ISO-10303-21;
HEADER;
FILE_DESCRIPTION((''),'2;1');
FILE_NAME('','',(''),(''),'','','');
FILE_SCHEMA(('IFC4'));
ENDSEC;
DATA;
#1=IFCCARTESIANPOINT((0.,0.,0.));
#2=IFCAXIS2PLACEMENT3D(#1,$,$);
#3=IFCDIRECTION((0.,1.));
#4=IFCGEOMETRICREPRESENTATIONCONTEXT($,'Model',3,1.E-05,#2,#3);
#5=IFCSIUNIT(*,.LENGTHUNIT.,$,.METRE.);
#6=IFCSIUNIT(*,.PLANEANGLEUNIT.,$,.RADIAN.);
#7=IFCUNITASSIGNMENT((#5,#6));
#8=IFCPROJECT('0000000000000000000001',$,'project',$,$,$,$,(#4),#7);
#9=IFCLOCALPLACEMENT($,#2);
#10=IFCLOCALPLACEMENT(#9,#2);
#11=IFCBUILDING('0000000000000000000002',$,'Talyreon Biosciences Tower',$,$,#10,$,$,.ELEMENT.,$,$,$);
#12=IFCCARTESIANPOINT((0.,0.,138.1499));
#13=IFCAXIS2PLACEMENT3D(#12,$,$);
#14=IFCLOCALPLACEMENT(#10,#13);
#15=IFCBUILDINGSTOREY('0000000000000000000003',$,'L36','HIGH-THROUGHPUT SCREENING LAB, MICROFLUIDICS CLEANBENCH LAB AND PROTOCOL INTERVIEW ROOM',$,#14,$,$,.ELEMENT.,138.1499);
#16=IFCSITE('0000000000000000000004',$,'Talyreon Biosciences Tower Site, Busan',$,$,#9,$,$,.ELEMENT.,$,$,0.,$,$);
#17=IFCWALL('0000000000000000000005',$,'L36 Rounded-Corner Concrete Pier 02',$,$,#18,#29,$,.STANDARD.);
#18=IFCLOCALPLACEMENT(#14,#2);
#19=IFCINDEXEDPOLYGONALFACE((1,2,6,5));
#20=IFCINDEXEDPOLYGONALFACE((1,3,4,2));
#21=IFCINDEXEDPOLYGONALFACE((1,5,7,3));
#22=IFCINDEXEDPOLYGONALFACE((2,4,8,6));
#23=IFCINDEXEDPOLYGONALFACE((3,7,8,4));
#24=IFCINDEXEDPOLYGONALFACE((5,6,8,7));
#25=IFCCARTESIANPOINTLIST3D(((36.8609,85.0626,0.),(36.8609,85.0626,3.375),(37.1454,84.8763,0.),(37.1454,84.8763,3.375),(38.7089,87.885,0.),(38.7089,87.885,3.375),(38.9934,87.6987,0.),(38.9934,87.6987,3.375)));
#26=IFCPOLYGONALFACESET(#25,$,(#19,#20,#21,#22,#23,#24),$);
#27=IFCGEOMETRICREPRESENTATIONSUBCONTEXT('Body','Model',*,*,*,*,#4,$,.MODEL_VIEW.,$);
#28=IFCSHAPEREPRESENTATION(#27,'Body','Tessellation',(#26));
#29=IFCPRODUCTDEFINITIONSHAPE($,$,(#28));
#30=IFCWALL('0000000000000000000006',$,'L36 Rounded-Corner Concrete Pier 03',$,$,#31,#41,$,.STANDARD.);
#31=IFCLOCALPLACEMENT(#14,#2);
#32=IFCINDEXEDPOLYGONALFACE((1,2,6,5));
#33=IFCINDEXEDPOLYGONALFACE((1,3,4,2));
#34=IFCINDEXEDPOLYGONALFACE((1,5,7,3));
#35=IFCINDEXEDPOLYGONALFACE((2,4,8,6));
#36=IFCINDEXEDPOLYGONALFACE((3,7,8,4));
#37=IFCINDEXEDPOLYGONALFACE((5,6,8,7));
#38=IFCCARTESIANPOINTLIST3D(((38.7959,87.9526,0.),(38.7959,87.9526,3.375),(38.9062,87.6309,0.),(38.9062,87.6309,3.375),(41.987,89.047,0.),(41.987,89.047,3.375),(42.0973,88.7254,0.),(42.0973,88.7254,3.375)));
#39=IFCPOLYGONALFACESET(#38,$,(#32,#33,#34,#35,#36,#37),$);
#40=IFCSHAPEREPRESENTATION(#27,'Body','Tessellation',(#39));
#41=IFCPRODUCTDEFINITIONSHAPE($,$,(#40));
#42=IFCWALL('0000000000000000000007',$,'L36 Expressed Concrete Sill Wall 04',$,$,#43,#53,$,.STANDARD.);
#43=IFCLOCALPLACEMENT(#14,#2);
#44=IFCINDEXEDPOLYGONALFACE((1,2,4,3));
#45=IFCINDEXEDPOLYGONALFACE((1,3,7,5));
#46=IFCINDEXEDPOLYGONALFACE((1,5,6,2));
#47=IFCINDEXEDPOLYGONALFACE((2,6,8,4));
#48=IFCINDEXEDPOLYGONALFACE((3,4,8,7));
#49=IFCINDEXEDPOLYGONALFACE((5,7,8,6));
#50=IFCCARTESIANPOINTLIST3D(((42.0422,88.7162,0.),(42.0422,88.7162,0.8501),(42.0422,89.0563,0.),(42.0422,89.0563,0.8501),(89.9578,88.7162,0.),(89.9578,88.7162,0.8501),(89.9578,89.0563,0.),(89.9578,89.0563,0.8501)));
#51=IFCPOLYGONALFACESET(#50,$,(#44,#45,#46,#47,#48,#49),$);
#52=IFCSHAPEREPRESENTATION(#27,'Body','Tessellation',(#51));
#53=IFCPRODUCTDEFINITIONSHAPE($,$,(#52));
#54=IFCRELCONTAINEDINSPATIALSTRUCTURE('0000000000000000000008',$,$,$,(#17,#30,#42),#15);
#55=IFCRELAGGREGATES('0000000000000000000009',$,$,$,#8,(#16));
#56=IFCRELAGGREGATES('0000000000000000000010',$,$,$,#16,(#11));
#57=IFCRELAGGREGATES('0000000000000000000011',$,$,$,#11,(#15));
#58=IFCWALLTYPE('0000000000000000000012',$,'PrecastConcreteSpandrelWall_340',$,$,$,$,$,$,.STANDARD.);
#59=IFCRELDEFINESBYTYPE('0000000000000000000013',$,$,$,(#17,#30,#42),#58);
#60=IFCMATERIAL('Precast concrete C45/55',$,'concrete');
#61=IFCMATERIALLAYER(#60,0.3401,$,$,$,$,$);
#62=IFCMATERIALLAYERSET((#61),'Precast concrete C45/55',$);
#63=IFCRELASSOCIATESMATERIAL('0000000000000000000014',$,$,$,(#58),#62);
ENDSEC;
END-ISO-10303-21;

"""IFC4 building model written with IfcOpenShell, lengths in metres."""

from ifc_helpers import new_model, si_unit, direction, frame, frame_2d, origin, place, context, subcontext, project, spatial, rectangle, extrude, material, layer, layer_set, type_object, element, save


model = new_model("IFC4")

# Units and contexts
model_context = context("Model", 3, precision=1e-05, world=origin(), true_north=direction((0.0, 1.0)))
body_context = subcontext(model_context, "Body", "Model", "MODEL_VIEW")
ifc_project = project(units=[si_unit("LENGTHUNIT", "METRE"), si_unit("PLANEANGLEUNIT", "RADIAN")], contexts=[model_context])

# Site, building, storey
site_placement = place(None, origin())
site = spatial("IfcSite", under=ifc_project, at=site_placement, Name="Talyreon Biosciences Tower Site, Busan", CompositionType="ELEMENT", RefElevation=0.0)
building_placement = place(site_placement, origin())
building = spatial("IfcBuilding", under=site, at=building_placement, Name="Talyreon Biosciences Tower", CompositionType="ELEMENT")
storey_placement = place(building_placement, frame((0.0, 0.0, 138.1499)))
storey = spatial("IfcBuildingStorey", under=building, at=storey_placement, Name="L36", Description="HIGH-THROUGHPUT SCREENING LAB, MICROFLUIDICS CLEANBENCH LAB AND PROTOCOL INTERVIEW ROOM", CompositionType="ELEMENT", Elevation=138.1499)

# Shared definitions
ifc_material_1 = material(Name="Precast concrete C45/55", Category="concrete")

# Walls
ifc_layer_1 = layer(ifc_material_1, 0.3401)
ifc_layer_set_1 = layer_set([ifc_layer_1], Name="Precast concrete C45/55")
wall_type_1 = type_object("IfcWallType", Name="PrecastConcreteSpandrelWall_340", PredefinedType="STANDARD", material=ifc_layer_set_1)
for number, where, z_axis, x_axis, name in (
    (1, (37.0032, 84.9695, 0.0), (0.0, 0.0, 1.0), (0.547784, 0.83662, 0.0), "L36 Rounded-Corner Concrete Pier 02"),
    (2, (38.8511, 87.7917, 0.0), (0.0, 0.0, 1.0), (0.945912, 0.324422, 0.0), "L36 Rounded-Corner Concrete Pier 03"),
):
    element("IfcWall", number, at=place(storey_placement, frame(where, z_axis=z_axis, x_axis=x_axis)), inside=storey, type_object=wall_type_1, Name=name, PredefinedType="STANDARD", context=body_context, shape_type="SweptSolid", body=[
        extrude(rectangle(XDim=3.3735, YDim=0.3401, at=frame_2d((1.6868, 0.0))), origin(), (0.0, 0.0, 1.0), 3.375),
    ])
wall_1_placement = place(storey_placement, frame((42.0422, 88.8862, 0.0), z_axis=(0.0, 0.0, 1.0), x_axis=(1.0, 0.0, 0.0)))
element("IfcWall", 3, at=wall_1_placement, inside=storey, type_object=wall_type_1, Name="L36 Expressed Concrete Sill Wall 04", PredefinedType="STANDARD", context=body_context, shape_type="SweptSolid", body=[
    extrude(rectangle(XDim=47.9155, YDim=0.3401, at=frame_2d((23.9578, 0.0))), origin(), (0.0, 0.0, 1.0), 0.8501),
])

save(model, "model.ifc")
